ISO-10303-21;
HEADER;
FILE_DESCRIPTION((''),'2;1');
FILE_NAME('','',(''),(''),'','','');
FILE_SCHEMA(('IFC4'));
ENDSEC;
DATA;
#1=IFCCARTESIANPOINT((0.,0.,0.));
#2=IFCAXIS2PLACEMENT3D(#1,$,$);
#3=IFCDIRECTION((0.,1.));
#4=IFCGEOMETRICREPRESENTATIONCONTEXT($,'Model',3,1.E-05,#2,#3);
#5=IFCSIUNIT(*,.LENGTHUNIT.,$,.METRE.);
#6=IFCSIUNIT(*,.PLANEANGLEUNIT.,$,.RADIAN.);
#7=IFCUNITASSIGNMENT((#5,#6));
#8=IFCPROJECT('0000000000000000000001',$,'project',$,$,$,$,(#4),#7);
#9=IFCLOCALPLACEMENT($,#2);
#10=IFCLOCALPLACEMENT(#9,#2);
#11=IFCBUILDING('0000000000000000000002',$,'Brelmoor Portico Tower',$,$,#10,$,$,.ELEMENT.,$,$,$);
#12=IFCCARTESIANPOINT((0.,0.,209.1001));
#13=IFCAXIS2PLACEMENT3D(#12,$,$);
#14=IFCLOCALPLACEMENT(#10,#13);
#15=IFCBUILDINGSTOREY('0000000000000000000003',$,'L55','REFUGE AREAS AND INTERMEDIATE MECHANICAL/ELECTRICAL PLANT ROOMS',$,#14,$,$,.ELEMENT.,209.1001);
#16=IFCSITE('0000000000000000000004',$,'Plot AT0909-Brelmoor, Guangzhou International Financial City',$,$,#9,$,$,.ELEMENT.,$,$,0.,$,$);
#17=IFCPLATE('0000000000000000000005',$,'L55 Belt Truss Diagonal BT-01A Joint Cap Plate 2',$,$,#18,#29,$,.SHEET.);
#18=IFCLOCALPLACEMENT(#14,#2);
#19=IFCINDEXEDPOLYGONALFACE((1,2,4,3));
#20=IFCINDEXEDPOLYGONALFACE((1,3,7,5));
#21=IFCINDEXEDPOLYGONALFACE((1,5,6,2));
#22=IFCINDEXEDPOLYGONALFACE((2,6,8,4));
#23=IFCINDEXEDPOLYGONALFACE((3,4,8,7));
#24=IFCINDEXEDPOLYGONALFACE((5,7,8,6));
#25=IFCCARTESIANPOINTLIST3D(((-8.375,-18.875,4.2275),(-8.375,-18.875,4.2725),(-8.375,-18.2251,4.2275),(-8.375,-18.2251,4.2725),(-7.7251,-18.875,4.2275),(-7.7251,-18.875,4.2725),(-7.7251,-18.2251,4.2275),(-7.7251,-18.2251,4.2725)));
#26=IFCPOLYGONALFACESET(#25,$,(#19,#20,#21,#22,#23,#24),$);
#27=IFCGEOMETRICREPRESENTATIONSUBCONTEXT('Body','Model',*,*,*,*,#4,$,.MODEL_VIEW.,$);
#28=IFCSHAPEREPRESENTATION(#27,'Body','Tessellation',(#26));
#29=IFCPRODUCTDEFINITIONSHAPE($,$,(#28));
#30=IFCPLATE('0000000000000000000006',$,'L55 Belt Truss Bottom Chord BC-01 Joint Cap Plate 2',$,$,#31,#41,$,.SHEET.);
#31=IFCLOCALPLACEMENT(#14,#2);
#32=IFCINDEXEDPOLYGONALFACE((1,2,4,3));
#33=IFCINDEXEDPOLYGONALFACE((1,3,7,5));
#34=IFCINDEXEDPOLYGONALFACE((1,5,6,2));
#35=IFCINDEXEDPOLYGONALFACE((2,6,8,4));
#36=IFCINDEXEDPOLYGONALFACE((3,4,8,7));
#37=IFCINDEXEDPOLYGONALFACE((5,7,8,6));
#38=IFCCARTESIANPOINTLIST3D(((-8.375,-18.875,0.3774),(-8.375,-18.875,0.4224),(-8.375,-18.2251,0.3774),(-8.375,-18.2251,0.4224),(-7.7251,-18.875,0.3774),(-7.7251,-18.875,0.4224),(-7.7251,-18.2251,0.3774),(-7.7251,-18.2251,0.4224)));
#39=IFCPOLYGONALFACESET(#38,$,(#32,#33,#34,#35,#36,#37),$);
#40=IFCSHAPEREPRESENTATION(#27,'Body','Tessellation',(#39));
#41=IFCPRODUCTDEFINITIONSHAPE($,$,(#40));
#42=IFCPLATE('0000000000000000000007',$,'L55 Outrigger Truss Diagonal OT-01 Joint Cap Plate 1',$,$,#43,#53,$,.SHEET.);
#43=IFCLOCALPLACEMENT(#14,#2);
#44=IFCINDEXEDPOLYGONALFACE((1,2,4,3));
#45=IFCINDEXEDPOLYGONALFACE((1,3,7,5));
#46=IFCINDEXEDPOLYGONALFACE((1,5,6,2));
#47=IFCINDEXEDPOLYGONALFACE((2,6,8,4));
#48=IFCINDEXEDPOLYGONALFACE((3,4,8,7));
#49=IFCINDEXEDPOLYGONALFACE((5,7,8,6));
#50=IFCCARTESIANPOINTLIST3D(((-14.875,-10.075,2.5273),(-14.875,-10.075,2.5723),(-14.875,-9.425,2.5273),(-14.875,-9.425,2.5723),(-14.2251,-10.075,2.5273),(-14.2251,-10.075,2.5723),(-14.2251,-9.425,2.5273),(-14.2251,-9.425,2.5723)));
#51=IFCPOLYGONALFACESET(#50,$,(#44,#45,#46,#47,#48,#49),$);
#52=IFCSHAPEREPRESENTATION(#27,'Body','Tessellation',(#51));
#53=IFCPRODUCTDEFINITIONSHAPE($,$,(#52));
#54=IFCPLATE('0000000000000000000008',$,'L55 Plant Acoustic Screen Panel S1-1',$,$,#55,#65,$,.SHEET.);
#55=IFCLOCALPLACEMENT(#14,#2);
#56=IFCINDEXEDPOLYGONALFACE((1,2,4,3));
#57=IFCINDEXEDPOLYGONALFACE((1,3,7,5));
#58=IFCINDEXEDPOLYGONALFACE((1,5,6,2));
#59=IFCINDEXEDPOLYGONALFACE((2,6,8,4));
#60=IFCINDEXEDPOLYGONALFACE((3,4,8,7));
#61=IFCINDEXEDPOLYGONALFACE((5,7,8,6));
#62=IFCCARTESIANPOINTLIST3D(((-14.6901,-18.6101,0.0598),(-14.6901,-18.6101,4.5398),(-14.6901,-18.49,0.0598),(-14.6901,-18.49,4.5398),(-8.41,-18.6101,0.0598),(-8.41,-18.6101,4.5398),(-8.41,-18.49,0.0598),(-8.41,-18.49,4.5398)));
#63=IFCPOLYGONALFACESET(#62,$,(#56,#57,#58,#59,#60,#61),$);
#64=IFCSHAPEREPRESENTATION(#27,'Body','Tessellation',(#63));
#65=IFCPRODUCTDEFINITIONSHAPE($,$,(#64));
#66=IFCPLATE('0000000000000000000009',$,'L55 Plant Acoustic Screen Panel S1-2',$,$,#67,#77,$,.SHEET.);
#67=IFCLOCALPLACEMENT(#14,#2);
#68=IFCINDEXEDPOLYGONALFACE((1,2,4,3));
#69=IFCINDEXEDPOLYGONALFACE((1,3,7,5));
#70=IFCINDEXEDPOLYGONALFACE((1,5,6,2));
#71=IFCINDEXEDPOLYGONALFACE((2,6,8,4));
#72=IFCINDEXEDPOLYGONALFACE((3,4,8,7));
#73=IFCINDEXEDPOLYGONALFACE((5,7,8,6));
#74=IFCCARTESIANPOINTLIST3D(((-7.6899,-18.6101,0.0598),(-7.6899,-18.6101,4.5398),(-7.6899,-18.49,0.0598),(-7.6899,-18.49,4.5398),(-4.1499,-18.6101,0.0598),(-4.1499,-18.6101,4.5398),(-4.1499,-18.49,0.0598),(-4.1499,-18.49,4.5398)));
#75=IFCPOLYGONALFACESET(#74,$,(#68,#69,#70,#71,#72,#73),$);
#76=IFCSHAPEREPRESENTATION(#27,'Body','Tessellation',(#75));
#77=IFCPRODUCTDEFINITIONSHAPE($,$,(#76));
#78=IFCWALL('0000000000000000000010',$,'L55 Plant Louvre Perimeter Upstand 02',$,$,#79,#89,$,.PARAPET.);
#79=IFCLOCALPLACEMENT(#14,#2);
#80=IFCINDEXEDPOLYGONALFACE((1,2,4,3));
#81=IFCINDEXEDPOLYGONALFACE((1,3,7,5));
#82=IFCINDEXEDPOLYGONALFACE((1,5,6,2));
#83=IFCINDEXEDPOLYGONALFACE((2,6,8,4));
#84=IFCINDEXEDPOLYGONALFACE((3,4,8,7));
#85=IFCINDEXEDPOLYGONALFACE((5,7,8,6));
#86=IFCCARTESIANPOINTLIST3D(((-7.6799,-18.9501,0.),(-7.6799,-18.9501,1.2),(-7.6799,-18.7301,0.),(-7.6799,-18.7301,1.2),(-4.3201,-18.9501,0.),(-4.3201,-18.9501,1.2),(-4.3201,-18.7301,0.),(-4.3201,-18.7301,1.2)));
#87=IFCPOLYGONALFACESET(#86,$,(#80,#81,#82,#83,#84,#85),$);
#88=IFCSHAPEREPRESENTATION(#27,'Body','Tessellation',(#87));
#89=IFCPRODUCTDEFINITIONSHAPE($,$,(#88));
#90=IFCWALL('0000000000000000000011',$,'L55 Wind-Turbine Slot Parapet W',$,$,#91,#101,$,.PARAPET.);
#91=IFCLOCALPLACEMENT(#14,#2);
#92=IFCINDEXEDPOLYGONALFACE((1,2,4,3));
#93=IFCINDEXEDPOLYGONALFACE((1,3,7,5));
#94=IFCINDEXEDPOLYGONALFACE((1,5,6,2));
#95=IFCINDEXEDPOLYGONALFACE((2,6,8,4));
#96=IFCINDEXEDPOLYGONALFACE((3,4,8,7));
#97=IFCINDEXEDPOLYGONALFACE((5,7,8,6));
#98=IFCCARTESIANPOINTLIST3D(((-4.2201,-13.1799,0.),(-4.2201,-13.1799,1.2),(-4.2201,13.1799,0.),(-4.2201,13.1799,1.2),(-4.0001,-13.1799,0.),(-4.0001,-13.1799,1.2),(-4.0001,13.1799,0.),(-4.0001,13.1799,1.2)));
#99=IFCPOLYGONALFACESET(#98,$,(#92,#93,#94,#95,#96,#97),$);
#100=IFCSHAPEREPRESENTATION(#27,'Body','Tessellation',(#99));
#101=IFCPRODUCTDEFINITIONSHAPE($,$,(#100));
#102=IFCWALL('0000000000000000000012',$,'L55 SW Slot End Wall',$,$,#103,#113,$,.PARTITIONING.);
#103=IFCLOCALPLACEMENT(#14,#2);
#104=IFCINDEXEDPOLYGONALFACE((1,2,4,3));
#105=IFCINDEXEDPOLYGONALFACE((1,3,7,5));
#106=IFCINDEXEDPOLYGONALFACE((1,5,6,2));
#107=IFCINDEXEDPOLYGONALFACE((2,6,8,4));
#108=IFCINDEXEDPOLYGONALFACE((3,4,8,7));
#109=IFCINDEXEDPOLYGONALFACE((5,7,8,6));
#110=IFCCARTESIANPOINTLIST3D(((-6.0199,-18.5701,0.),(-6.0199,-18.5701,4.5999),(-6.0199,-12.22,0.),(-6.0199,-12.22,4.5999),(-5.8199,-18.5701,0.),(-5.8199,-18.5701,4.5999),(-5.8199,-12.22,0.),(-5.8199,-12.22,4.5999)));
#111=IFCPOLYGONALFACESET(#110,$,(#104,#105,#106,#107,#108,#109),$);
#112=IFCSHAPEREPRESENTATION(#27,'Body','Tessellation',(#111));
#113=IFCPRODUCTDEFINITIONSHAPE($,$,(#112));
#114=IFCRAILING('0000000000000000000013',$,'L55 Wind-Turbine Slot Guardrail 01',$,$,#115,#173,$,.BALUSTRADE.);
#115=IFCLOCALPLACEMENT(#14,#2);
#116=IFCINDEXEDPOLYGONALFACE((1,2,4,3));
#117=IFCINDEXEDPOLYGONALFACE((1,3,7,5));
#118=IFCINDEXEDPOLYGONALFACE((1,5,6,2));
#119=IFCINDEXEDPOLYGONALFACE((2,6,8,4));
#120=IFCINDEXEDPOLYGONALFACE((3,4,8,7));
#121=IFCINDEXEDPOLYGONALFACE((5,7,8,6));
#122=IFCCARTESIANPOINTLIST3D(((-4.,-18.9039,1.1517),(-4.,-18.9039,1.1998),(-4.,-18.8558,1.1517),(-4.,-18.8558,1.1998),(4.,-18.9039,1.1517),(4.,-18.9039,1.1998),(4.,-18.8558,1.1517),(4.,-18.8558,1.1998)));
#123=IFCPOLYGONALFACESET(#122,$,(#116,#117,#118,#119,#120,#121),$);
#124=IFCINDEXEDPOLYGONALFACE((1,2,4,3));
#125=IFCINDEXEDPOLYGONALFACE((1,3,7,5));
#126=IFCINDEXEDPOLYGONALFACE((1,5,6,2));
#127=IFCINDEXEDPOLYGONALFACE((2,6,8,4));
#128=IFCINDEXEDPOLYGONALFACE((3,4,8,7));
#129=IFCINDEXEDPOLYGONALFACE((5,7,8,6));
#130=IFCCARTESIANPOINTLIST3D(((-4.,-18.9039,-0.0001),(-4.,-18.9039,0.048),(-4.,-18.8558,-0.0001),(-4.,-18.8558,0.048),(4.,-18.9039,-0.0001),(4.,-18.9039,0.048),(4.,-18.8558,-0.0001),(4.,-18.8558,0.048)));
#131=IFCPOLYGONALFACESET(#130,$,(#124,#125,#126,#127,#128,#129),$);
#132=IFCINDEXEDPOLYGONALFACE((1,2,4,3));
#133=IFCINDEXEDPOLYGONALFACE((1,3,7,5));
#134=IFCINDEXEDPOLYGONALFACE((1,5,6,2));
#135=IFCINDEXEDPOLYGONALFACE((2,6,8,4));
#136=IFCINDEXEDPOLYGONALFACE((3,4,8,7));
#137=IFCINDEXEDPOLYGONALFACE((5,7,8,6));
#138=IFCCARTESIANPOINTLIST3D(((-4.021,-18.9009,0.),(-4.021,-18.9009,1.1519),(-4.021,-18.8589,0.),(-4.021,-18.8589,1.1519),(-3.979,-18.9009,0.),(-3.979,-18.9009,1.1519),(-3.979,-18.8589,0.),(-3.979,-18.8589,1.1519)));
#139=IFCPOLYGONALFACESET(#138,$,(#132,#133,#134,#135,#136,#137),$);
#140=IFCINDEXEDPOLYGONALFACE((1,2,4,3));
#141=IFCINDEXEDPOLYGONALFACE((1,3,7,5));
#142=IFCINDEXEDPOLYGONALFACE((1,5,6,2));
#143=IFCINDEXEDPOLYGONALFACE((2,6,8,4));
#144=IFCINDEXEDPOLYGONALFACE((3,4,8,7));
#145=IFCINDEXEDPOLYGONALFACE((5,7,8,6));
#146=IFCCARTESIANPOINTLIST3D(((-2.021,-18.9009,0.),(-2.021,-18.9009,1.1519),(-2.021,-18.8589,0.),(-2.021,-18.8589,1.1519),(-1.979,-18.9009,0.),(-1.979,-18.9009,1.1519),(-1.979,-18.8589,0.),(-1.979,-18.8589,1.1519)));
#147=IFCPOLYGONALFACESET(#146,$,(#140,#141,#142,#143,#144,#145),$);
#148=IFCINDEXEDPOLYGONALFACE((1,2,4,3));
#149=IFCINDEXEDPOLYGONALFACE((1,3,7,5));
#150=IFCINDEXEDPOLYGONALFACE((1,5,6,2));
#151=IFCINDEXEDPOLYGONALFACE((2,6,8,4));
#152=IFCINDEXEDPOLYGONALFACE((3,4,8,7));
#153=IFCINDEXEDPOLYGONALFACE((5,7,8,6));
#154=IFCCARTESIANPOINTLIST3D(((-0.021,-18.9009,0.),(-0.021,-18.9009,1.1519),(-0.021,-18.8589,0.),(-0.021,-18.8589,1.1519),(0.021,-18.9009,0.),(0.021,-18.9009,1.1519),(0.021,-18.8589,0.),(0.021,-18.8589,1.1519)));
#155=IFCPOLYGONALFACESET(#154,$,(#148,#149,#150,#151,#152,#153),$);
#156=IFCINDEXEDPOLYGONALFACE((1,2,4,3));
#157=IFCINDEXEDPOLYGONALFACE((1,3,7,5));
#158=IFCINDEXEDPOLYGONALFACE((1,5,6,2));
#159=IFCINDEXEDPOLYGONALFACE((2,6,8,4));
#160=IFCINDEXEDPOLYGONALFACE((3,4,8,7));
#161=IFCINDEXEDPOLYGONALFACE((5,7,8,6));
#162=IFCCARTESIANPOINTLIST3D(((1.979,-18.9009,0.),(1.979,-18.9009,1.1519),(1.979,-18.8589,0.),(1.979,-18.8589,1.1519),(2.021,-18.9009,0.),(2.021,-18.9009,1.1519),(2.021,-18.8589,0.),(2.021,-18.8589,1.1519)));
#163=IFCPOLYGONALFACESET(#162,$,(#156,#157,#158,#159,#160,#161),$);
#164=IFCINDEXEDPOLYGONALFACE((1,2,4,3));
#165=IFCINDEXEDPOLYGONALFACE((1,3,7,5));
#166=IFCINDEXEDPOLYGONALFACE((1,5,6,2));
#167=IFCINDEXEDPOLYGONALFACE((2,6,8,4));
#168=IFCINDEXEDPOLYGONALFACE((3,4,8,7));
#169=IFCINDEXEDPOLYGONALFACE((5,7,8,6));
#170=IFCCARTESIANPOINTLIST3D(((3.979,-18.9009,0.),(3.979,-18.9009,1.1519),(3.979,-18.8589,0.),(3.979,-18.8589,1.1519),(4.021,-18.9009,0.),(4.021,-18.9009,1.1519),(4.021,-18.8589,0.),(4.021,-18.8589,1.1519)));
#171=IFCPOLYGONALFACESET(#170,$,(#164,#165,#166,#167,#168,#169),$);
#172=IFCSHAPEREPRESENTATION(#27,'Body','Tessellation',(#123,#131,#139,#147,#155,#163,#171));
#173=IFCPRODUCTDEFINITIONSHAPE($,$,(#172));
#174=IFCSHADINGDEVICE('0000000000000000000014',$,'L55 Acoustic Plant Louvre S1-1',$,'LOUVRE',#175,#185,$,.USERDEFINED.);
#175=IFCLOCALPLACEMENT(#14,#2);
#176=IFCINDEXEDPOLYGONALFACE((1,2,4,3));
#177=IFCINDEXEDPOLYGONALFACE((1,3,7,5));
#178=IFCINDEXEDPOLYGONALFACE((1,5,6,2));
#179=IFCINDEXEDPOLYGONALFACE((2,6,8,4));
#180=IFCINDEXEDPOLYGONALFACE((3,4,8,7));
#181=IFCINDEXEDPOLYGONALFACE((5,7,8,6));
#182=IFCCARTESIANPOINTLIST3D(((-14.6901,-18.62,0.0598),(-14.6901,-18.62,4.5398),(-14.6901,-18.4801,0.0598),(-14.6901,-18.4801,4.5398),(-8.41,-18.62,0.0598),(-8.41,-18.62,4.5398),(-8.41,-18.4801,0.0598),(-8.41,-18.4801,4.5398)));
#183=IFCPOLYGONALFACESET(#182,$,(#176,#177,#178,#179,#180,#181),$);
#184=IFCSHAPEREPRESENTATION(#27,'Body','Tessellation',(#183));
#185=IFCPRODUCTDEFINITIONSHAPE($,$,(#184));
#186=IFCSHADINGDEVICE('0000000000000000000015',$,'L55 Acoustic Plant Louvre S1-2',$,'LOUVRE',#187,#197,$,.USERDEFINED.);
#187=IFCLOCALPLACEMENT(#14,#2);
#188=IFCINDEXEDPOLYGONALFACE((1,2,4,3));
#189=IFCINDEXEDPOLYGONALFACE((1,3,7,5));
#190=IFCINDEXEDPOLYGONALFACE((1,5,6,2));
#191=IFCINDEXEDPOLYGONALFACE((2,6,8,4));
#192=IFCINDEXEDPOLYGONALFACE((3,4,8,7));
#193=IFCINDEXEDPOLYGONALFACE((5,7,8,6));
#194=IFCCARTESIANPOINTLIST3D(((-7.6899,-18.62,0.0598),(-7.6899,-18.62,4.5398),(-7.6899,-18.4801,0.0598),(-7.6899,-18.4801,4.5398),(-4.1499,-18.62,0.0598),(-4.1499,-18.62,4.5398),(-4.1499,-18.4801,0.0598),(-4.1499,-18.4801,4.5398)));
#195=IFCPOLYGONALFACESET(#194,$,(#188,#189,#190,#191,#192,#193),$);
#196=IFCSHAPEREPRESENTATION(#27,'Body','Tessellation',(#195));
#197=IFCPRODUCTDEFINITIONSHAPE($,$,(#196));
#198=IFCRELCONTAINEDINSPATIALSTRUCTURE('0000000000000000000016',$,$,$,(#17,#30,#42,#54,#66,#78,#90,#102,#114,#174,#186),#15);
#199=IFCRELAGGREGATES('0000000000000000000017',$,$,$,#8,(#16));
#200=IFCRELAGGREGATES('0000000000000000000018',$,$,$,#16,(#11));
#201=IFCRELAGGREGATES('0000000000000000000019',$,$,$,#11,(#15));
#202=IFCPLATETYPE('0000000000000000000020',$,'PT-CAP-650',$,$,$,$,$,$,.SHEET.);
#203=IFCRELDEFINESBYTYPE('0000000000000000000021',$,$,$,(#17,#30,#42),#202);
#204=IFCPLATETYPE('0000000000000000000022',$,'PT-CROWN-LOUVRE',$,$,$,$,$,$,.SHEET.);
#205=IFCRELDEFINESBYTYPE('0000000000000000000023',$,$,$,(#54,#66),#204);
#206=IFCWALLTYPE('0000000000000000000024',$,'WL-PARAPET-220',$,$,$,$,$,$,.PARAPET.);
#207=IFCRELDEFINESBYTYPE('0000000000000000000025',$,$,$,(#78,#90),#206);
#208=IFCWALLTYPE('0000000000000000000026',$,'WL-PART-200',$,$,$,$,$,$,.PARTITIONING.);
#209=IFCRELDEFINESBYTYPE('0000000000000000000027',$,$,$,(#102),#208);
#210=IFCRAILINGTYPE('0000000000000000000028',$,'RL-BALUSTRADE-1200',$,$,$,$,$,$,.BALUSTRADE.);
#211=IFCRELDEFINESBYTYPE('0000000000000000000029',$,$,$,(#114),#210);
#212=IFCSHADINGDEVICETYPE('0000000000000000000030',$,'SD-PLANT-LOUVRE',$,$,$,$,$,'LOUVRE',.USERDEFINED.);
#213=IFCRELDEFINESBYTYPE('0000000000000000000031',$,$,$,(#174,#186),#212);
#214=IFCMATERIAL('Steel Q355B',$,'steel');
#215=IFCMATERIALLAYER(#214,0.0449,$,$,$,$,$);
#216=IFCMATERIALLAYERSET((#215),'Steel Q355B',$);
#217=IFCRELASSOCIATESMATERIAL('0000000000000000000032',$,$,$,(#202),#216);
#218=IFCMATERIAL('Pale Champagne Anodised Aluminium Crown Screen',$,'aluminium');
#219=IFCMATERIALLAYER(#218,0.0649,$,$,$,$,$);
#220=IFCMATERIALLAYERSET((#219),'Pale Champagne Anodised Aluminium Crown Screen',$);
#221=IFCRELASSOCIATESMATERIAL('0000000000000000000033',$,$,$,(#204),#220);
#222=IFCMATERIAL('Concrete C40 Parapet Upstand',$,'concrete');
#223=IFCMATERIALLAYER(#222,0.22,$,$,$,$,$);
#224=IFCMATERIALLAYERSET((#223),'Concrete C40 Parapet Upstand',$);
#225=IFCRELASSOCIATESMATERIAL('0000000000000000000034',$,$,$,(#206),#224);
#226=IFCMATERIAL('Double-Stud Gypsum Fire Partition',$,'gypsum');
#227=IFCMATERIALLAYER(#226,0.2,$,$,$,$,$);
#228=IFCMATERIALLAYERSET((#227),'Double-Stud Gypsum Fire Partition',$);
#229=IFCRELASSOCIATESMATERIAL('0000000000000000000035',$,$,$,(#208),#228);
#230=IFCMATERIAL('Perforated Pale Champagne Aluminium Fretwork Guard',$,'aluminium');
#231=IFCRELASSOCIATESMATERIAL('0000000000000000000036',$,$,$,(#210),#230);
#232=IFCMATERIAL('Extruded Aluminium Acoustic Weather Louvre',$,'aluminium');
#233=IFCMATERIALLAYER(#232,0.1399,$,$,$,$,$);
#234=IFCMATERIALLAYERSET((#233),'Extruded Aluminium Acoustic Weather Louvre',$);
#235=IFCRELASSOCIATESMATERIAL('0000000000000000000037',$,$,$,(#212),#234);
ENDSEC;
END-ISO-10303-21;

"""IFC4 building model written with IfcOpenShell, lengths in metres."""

from ifc_helpers import new_model, si_unit, direction, frame, frame_2d, origin, origin_2d, place, context, subcontext, project, spatial, rectangle, extrude, material, layer, layer_set, type_object, element, save


model = new_model("IFC4")

# Units and contexts
model_context = context("Model", 3, precision=1e-05, world=origin(), true_north=direction((0.0, 1.0)))
body_context = subcontext(model_context, "Body", "Model", "MODEL_VIEW")
ifc_project = project(units=[si_unit("LENGTHUNIT", "METRE"), si_unit("PLANEANGLEUNIT", "RADIAN")], contexts=[model_context])

# Site, building, storey
site_placement = place(None, origin())
site = spatial("IfcSite", under=ifc_project, at=site_placement, Name="Plot AT0909-Brelmoor, Guangzhou International Financial City", CompositionType="ELEMENT", RefElevation=0.0)
building_placement = place(site_placement, origin())
building = spatial("IfcBuilding", under=site, at=building_placement, Name="Brelmoor Portico Tower", CompositionType="ELEMENT")
storey_placement = place(building_placement, frame((0.0, 0.0, 209.1001)))
storey = spatial("IfcBuildingStorey", under=building, at=storey_placement, Name="L55", Description="REFUGE AREAS AND INTERMEDIATE MECHANICAL/ELECTRICAL PLANT ROOMS", CompositionType="ELEMENT", Elevation=209.1001)

# Shared definitions
ifc_material_1 = material(Name="Steel Q355B", Category="steel")

# Plates
ifc_layer_1 = layer(ifc_material_1, 0.0449)
ifc_layer_set_1 = layer_set([ifc_layer_1], Name="Steel Q355B")
plate_type_1 = type_object("IfcPlateType", Name="PT-CAP-650", PredefinedType="SHEET", material=ifc_layer_set_1)
for number, where, z_axis, x_axis, name in (
    (1, (-8.05, -18.55, 4.2275), (0.0, 0.0, 1.0), (1.0, 0.0, 0.0), "L55 Belt Truss Diagonal BT-01A Joint Cap Plate 2"),
    (2, (-8.05, -18.55, 0.3774), (0.0, 0.0, 1.0), (1.0, 0.0, 0.0), "L55 Belt Truss Bottom Chord BC-01 Joint Cap Plate 2"),
    (3, (-14.55, -9.75, 2.5273), (0.0, 0.0, 1.0), (1.0, 0.0, 0.0), "L55 Outrigger Truss Diagonal OT-01 Joint Cap Plate 1"),
):
    element("IfcPlate", number, at=place(storey_placement, frame(where, z_axis=z_axis, x_axis=x_axis)), inside=storey, type_object=plate_type_1, Name=name, PredefinedType="SHEET", context=body_context, shape_type="SweptSolid", body=[
        extrude(rectangle(XDim=0.6499, YDim=0.6499, at=origin_2d()), origin(), (0.0, 0.0, 1.0), 0.0449),
    ])
ifc_material_2 = material(Name="Pale Champagne Anodised Aluminium Crown Screen", Category="aluminium")
ifc_layer_2 = layer(ifc_material_2, 0.0649)
ifc_layer_set_2 = layer_set([ifc_layer_2], Name="Pale Champagne Anodised Aluminium Crown Screen")
plate_type_2 = type_object("IfcPlateType", Name="PT-CROWN-LOUVRE", PredefinedType="SHEET", material=ifc_layer_set_2)
plate_1_placement = place(storey_placement, frame((-11.55, -18.55, 0.0598), z_axis=(0.0, 0.0, 1.0), x_axis=(1.0, 0.0, 0.0)))
element("IfcPlate", 4, at=plate_1_placement, inside=storey, type_object=plate_type_2, Name="L55 Plant Acoustic Screen Panel S1-1", PredefinedType="SHEET", context=body_context, shape_type="SweptSolid", body=[
    extrude(rectangle(XDim=6.28, YDim=0.1201, at=origin_2d()), origin(), (0.0, 0.0, 1.0), 4.48),
])
plate_2_placement = place(storey_placement, frame((-5.9199, -18.55, 0.0598), z_axis=(0.0, 0.0, 1.0), x_axis=(1.0, 0.0, 0.0)))
element("IfcPlate", 5, at=plate_2_placement, inside=storey, type_object=plate_type_2, Name="L55 Plant Acoustic Screen Panel S1-2", PredefinedType="SHEET", context=body_context, shape_type="SweptSolid", body=[
    extrude(rectangle(XDim=3.54, YDim=0.1201, at=origin_2d()), origin(), (0.0, 0.0, 1.0), 4.48),
])

# Walls
ifc_material_3 = material(Name="Concrete C40 Parapet Upstand", Category="concrete")
ifc_layer_3 = layer(ifc_material_3, 0.22)
ifc_layer_set_3 = layer_set([ifc_layer_3], Name="Concrete C40 Parapet Upstand")
wall_type_1 = type_object("IfcWallType", Name="WL-PARAPET-220", PredefinedType="PARAPET", material=ifc_layer_set_3)
wall_1_placement = place(storey_placement, frame((-7.6799, -18.8401, 0.0), z_axis=(0.0, 0.0, 1.0), x_axis=(1.0, 0.0, 0.0)))
element("IfcWall", 6, at=wall_1_placement, inside=storey, type_object=wall_type_1, Name="L55 Plant Louvre Perimeter Upstand 02", PredefinedType="PARAPET", context=body_context, shape_type="SweptSolid", body=[
    extrude(rectangle(XDim=3.3599, YDim=0.22, at=frame_2d((1.6799, 0.0))), origin(), (0.0, 0.0, 1.0), 1.2),
])
wall_2_placement = place(storey_placement, frame((-4.1101, -13.1799, 0.0), z_axis=(0.0, 0.0, 1.0), x_axis=(0.0, 1.0, 0.0)))
element("IfcWall", 7, at=wall_2_placement, inside=storey, type_object=wall_type_1, Name="L55 Wind-Turbine Slot Parapet W", PredefinedType="PARAPET", context=body_context, shape_type="SweptSolid", body=[
    extrude(rectangle(XDim=26.3599, YDim=0.22, at=frame_2d((13.1799, 0.0))), origin(), (0.0, 0.0, 1.0), 1.2),
])
ifc_material_4 = material(Name="Double-Stud Gypsum Fire Partition", Category="gypsum")
ifc_layer_4 = layer(ifc_material_4, 0.2)
ifc_layer_set_4 = layer_set([ifc_layer_4], Name="Double-Stud Gypsum Fire Partition")
wall_type_2 = type_object("IfcWallType", Name="WL-PART-200", PredefinedType="PARTITIONING", material=ifc_layer_set_4)
wall_3_placement = place(storey_placement, frame((-5.9199, -18.5701, 0.0), z_axis=(0.0, 0.0, 1.0), x_axis=(0.0, 1.0, 0.0)))
element("IfcWall", 8, at=wall_3_placement, inside=storey, type_object=wall_type_2, Name="L55 SW Slot End Wall", PredefinedType="PARTITIONING", context=body_context, shape_type="SweptSolid", body=[
    extrude(rectangle(XDim=6.3501, YDim=0.2, at=frame_2d((3.175, 0.0))), origin(), (0.0, 0.0, 1.0), 4.5999),
])

# Railing
ifc_material_5 = material(Name="Perforated Pale Champagne Aluminium Fretwork Guard", Category="aluminium")
railing_type = type_object("IfcRailingType", Name="RL-BALUSTRADE-1200", PredefinedType="BALUSTRADE", material=ifc_material_5)
railing_placement = place(storey_placement, frame((-4.0, -18.8799, 0.0)))
element("IfcRailing", 9, at=railing_placement, inside=storey, type_object=railing_type, Name="L55 Wind-Turbine Slot Guardrail 01", PredefinedType="BALUSTRADE", context=body_context, shape_type="SweptSolid", body=[
    extrude(rectangle(XDim=0.0481, YDim=0.0481, at=origin_2d()), frame((0.0, 0.0, 1.1758), z_axis=(1.0, 0.0, 0.0), x_axis=(0.0, 1.0, 0.0)), (0.0, 0.0, 1.0), 8.0),
    extrude(rectangle(XDim=0.0481, YDim=0.0481, at=origin_2d()), frame((0.0, 0.0, 0.0239), z_axis=(1.0, 0.0, 0.0), x_axis=(0.0, 1.0, 0.0)), (0.0, 0.0, 1.0), 8.0),
    extrude(rectangle(XDim=0.042, YDim=0.042, at=origin_2d()), origin(), (0.0, 0.0, 1.0), 1.1519),
    extrude(rectangle(XDim=0.042, YDim=0.042, at=origin_2d()), frame((2.0, 0.0, 0.0)), (0.0, 0.0, 1.0), 1.1519),
    extrude(rectangle(XDim=0.042, YDim=0.042, at=origin_2d()), frame((4.0, 0.0, 0.0)), (0.0, 0.0, 1.0), 1.1519),
    extrude(rectangle(XDim=0.042, YDim=0.042, at=origin_2d()), frame((6.0, 0.0, 0.0)), (0.0, 0.0, 1.0), 1.1519),
    extrude(rectangle(XDim=0.042, YDim=0.042, at=origin_2d()), frame((8.0, 0.0, 0.0)), (0.0, 0.0, 1.0), 1.1519),
])

# Shading devices
ifc_material_6 = material(Name="Extruded Aluminium Acoustic Weather Louvre", Category="aluminium")
ifc_layer_5 = layer(ifc_material_6, 0.1399)
ifc_layer_set_5 = layer_set([ifc_layer_5], Name="Extruded Aluminium Acoustic Weather Louvre")
shading_device_type = type_object("IfcShadingDeviceType", Name="SD-PLANT-LOUVRE", ElementType="LOUVRE", PredefinedType="USERDEFINED", material=ifc_layer_set_5)
shading_device_1_placement = place(storey_placement, frame((-11.55, -18.55, 0.0598), z_axis=(0.0, 0.0, 1.0), x_axis=(1.0, 0.0, 0.0)))
element("IfcShadingDevice", 10, at=shading_device_1_placement, inside=storey, type_object=shading_device_type, Name="L55 Acoustic Plant Louvre S1-1", ObjectType="LOUVRE", PredefinedType="USERDEFINED", context=body_context, shape_type="SweptSolid", body=[
    extrude(rectangle(XDim=6.28, YDim=0.1399, at=origin_2d()), origin(), (0.0, 0.0, 1.0), 4.48),
])
shading_device_2_placement = place(storey_placement, frame((-5.9199, -18.55, 0.0598), z_axis=(0.0, 0.0, 1.0), x_axis=(1.0, 0.0, 0.0)))
element("IfcShadingDevice", 11, at=shading_device_2_placement, inside=storey, type_object=shading_device_type, Name="L55 Acoustic Plant Louvre S1-2", ObjectType="LOUVRE", PredefinedType="USERDEFINED", context=body_context, shape_type="SweptSolid", body=[
    extrude(rectangle(XDim=3.54, YDim=0.1399, at=origin_2d()), origin(), (0.0, 0.0, 1.0), 4.48),
])

save(model, "model.ifc")
